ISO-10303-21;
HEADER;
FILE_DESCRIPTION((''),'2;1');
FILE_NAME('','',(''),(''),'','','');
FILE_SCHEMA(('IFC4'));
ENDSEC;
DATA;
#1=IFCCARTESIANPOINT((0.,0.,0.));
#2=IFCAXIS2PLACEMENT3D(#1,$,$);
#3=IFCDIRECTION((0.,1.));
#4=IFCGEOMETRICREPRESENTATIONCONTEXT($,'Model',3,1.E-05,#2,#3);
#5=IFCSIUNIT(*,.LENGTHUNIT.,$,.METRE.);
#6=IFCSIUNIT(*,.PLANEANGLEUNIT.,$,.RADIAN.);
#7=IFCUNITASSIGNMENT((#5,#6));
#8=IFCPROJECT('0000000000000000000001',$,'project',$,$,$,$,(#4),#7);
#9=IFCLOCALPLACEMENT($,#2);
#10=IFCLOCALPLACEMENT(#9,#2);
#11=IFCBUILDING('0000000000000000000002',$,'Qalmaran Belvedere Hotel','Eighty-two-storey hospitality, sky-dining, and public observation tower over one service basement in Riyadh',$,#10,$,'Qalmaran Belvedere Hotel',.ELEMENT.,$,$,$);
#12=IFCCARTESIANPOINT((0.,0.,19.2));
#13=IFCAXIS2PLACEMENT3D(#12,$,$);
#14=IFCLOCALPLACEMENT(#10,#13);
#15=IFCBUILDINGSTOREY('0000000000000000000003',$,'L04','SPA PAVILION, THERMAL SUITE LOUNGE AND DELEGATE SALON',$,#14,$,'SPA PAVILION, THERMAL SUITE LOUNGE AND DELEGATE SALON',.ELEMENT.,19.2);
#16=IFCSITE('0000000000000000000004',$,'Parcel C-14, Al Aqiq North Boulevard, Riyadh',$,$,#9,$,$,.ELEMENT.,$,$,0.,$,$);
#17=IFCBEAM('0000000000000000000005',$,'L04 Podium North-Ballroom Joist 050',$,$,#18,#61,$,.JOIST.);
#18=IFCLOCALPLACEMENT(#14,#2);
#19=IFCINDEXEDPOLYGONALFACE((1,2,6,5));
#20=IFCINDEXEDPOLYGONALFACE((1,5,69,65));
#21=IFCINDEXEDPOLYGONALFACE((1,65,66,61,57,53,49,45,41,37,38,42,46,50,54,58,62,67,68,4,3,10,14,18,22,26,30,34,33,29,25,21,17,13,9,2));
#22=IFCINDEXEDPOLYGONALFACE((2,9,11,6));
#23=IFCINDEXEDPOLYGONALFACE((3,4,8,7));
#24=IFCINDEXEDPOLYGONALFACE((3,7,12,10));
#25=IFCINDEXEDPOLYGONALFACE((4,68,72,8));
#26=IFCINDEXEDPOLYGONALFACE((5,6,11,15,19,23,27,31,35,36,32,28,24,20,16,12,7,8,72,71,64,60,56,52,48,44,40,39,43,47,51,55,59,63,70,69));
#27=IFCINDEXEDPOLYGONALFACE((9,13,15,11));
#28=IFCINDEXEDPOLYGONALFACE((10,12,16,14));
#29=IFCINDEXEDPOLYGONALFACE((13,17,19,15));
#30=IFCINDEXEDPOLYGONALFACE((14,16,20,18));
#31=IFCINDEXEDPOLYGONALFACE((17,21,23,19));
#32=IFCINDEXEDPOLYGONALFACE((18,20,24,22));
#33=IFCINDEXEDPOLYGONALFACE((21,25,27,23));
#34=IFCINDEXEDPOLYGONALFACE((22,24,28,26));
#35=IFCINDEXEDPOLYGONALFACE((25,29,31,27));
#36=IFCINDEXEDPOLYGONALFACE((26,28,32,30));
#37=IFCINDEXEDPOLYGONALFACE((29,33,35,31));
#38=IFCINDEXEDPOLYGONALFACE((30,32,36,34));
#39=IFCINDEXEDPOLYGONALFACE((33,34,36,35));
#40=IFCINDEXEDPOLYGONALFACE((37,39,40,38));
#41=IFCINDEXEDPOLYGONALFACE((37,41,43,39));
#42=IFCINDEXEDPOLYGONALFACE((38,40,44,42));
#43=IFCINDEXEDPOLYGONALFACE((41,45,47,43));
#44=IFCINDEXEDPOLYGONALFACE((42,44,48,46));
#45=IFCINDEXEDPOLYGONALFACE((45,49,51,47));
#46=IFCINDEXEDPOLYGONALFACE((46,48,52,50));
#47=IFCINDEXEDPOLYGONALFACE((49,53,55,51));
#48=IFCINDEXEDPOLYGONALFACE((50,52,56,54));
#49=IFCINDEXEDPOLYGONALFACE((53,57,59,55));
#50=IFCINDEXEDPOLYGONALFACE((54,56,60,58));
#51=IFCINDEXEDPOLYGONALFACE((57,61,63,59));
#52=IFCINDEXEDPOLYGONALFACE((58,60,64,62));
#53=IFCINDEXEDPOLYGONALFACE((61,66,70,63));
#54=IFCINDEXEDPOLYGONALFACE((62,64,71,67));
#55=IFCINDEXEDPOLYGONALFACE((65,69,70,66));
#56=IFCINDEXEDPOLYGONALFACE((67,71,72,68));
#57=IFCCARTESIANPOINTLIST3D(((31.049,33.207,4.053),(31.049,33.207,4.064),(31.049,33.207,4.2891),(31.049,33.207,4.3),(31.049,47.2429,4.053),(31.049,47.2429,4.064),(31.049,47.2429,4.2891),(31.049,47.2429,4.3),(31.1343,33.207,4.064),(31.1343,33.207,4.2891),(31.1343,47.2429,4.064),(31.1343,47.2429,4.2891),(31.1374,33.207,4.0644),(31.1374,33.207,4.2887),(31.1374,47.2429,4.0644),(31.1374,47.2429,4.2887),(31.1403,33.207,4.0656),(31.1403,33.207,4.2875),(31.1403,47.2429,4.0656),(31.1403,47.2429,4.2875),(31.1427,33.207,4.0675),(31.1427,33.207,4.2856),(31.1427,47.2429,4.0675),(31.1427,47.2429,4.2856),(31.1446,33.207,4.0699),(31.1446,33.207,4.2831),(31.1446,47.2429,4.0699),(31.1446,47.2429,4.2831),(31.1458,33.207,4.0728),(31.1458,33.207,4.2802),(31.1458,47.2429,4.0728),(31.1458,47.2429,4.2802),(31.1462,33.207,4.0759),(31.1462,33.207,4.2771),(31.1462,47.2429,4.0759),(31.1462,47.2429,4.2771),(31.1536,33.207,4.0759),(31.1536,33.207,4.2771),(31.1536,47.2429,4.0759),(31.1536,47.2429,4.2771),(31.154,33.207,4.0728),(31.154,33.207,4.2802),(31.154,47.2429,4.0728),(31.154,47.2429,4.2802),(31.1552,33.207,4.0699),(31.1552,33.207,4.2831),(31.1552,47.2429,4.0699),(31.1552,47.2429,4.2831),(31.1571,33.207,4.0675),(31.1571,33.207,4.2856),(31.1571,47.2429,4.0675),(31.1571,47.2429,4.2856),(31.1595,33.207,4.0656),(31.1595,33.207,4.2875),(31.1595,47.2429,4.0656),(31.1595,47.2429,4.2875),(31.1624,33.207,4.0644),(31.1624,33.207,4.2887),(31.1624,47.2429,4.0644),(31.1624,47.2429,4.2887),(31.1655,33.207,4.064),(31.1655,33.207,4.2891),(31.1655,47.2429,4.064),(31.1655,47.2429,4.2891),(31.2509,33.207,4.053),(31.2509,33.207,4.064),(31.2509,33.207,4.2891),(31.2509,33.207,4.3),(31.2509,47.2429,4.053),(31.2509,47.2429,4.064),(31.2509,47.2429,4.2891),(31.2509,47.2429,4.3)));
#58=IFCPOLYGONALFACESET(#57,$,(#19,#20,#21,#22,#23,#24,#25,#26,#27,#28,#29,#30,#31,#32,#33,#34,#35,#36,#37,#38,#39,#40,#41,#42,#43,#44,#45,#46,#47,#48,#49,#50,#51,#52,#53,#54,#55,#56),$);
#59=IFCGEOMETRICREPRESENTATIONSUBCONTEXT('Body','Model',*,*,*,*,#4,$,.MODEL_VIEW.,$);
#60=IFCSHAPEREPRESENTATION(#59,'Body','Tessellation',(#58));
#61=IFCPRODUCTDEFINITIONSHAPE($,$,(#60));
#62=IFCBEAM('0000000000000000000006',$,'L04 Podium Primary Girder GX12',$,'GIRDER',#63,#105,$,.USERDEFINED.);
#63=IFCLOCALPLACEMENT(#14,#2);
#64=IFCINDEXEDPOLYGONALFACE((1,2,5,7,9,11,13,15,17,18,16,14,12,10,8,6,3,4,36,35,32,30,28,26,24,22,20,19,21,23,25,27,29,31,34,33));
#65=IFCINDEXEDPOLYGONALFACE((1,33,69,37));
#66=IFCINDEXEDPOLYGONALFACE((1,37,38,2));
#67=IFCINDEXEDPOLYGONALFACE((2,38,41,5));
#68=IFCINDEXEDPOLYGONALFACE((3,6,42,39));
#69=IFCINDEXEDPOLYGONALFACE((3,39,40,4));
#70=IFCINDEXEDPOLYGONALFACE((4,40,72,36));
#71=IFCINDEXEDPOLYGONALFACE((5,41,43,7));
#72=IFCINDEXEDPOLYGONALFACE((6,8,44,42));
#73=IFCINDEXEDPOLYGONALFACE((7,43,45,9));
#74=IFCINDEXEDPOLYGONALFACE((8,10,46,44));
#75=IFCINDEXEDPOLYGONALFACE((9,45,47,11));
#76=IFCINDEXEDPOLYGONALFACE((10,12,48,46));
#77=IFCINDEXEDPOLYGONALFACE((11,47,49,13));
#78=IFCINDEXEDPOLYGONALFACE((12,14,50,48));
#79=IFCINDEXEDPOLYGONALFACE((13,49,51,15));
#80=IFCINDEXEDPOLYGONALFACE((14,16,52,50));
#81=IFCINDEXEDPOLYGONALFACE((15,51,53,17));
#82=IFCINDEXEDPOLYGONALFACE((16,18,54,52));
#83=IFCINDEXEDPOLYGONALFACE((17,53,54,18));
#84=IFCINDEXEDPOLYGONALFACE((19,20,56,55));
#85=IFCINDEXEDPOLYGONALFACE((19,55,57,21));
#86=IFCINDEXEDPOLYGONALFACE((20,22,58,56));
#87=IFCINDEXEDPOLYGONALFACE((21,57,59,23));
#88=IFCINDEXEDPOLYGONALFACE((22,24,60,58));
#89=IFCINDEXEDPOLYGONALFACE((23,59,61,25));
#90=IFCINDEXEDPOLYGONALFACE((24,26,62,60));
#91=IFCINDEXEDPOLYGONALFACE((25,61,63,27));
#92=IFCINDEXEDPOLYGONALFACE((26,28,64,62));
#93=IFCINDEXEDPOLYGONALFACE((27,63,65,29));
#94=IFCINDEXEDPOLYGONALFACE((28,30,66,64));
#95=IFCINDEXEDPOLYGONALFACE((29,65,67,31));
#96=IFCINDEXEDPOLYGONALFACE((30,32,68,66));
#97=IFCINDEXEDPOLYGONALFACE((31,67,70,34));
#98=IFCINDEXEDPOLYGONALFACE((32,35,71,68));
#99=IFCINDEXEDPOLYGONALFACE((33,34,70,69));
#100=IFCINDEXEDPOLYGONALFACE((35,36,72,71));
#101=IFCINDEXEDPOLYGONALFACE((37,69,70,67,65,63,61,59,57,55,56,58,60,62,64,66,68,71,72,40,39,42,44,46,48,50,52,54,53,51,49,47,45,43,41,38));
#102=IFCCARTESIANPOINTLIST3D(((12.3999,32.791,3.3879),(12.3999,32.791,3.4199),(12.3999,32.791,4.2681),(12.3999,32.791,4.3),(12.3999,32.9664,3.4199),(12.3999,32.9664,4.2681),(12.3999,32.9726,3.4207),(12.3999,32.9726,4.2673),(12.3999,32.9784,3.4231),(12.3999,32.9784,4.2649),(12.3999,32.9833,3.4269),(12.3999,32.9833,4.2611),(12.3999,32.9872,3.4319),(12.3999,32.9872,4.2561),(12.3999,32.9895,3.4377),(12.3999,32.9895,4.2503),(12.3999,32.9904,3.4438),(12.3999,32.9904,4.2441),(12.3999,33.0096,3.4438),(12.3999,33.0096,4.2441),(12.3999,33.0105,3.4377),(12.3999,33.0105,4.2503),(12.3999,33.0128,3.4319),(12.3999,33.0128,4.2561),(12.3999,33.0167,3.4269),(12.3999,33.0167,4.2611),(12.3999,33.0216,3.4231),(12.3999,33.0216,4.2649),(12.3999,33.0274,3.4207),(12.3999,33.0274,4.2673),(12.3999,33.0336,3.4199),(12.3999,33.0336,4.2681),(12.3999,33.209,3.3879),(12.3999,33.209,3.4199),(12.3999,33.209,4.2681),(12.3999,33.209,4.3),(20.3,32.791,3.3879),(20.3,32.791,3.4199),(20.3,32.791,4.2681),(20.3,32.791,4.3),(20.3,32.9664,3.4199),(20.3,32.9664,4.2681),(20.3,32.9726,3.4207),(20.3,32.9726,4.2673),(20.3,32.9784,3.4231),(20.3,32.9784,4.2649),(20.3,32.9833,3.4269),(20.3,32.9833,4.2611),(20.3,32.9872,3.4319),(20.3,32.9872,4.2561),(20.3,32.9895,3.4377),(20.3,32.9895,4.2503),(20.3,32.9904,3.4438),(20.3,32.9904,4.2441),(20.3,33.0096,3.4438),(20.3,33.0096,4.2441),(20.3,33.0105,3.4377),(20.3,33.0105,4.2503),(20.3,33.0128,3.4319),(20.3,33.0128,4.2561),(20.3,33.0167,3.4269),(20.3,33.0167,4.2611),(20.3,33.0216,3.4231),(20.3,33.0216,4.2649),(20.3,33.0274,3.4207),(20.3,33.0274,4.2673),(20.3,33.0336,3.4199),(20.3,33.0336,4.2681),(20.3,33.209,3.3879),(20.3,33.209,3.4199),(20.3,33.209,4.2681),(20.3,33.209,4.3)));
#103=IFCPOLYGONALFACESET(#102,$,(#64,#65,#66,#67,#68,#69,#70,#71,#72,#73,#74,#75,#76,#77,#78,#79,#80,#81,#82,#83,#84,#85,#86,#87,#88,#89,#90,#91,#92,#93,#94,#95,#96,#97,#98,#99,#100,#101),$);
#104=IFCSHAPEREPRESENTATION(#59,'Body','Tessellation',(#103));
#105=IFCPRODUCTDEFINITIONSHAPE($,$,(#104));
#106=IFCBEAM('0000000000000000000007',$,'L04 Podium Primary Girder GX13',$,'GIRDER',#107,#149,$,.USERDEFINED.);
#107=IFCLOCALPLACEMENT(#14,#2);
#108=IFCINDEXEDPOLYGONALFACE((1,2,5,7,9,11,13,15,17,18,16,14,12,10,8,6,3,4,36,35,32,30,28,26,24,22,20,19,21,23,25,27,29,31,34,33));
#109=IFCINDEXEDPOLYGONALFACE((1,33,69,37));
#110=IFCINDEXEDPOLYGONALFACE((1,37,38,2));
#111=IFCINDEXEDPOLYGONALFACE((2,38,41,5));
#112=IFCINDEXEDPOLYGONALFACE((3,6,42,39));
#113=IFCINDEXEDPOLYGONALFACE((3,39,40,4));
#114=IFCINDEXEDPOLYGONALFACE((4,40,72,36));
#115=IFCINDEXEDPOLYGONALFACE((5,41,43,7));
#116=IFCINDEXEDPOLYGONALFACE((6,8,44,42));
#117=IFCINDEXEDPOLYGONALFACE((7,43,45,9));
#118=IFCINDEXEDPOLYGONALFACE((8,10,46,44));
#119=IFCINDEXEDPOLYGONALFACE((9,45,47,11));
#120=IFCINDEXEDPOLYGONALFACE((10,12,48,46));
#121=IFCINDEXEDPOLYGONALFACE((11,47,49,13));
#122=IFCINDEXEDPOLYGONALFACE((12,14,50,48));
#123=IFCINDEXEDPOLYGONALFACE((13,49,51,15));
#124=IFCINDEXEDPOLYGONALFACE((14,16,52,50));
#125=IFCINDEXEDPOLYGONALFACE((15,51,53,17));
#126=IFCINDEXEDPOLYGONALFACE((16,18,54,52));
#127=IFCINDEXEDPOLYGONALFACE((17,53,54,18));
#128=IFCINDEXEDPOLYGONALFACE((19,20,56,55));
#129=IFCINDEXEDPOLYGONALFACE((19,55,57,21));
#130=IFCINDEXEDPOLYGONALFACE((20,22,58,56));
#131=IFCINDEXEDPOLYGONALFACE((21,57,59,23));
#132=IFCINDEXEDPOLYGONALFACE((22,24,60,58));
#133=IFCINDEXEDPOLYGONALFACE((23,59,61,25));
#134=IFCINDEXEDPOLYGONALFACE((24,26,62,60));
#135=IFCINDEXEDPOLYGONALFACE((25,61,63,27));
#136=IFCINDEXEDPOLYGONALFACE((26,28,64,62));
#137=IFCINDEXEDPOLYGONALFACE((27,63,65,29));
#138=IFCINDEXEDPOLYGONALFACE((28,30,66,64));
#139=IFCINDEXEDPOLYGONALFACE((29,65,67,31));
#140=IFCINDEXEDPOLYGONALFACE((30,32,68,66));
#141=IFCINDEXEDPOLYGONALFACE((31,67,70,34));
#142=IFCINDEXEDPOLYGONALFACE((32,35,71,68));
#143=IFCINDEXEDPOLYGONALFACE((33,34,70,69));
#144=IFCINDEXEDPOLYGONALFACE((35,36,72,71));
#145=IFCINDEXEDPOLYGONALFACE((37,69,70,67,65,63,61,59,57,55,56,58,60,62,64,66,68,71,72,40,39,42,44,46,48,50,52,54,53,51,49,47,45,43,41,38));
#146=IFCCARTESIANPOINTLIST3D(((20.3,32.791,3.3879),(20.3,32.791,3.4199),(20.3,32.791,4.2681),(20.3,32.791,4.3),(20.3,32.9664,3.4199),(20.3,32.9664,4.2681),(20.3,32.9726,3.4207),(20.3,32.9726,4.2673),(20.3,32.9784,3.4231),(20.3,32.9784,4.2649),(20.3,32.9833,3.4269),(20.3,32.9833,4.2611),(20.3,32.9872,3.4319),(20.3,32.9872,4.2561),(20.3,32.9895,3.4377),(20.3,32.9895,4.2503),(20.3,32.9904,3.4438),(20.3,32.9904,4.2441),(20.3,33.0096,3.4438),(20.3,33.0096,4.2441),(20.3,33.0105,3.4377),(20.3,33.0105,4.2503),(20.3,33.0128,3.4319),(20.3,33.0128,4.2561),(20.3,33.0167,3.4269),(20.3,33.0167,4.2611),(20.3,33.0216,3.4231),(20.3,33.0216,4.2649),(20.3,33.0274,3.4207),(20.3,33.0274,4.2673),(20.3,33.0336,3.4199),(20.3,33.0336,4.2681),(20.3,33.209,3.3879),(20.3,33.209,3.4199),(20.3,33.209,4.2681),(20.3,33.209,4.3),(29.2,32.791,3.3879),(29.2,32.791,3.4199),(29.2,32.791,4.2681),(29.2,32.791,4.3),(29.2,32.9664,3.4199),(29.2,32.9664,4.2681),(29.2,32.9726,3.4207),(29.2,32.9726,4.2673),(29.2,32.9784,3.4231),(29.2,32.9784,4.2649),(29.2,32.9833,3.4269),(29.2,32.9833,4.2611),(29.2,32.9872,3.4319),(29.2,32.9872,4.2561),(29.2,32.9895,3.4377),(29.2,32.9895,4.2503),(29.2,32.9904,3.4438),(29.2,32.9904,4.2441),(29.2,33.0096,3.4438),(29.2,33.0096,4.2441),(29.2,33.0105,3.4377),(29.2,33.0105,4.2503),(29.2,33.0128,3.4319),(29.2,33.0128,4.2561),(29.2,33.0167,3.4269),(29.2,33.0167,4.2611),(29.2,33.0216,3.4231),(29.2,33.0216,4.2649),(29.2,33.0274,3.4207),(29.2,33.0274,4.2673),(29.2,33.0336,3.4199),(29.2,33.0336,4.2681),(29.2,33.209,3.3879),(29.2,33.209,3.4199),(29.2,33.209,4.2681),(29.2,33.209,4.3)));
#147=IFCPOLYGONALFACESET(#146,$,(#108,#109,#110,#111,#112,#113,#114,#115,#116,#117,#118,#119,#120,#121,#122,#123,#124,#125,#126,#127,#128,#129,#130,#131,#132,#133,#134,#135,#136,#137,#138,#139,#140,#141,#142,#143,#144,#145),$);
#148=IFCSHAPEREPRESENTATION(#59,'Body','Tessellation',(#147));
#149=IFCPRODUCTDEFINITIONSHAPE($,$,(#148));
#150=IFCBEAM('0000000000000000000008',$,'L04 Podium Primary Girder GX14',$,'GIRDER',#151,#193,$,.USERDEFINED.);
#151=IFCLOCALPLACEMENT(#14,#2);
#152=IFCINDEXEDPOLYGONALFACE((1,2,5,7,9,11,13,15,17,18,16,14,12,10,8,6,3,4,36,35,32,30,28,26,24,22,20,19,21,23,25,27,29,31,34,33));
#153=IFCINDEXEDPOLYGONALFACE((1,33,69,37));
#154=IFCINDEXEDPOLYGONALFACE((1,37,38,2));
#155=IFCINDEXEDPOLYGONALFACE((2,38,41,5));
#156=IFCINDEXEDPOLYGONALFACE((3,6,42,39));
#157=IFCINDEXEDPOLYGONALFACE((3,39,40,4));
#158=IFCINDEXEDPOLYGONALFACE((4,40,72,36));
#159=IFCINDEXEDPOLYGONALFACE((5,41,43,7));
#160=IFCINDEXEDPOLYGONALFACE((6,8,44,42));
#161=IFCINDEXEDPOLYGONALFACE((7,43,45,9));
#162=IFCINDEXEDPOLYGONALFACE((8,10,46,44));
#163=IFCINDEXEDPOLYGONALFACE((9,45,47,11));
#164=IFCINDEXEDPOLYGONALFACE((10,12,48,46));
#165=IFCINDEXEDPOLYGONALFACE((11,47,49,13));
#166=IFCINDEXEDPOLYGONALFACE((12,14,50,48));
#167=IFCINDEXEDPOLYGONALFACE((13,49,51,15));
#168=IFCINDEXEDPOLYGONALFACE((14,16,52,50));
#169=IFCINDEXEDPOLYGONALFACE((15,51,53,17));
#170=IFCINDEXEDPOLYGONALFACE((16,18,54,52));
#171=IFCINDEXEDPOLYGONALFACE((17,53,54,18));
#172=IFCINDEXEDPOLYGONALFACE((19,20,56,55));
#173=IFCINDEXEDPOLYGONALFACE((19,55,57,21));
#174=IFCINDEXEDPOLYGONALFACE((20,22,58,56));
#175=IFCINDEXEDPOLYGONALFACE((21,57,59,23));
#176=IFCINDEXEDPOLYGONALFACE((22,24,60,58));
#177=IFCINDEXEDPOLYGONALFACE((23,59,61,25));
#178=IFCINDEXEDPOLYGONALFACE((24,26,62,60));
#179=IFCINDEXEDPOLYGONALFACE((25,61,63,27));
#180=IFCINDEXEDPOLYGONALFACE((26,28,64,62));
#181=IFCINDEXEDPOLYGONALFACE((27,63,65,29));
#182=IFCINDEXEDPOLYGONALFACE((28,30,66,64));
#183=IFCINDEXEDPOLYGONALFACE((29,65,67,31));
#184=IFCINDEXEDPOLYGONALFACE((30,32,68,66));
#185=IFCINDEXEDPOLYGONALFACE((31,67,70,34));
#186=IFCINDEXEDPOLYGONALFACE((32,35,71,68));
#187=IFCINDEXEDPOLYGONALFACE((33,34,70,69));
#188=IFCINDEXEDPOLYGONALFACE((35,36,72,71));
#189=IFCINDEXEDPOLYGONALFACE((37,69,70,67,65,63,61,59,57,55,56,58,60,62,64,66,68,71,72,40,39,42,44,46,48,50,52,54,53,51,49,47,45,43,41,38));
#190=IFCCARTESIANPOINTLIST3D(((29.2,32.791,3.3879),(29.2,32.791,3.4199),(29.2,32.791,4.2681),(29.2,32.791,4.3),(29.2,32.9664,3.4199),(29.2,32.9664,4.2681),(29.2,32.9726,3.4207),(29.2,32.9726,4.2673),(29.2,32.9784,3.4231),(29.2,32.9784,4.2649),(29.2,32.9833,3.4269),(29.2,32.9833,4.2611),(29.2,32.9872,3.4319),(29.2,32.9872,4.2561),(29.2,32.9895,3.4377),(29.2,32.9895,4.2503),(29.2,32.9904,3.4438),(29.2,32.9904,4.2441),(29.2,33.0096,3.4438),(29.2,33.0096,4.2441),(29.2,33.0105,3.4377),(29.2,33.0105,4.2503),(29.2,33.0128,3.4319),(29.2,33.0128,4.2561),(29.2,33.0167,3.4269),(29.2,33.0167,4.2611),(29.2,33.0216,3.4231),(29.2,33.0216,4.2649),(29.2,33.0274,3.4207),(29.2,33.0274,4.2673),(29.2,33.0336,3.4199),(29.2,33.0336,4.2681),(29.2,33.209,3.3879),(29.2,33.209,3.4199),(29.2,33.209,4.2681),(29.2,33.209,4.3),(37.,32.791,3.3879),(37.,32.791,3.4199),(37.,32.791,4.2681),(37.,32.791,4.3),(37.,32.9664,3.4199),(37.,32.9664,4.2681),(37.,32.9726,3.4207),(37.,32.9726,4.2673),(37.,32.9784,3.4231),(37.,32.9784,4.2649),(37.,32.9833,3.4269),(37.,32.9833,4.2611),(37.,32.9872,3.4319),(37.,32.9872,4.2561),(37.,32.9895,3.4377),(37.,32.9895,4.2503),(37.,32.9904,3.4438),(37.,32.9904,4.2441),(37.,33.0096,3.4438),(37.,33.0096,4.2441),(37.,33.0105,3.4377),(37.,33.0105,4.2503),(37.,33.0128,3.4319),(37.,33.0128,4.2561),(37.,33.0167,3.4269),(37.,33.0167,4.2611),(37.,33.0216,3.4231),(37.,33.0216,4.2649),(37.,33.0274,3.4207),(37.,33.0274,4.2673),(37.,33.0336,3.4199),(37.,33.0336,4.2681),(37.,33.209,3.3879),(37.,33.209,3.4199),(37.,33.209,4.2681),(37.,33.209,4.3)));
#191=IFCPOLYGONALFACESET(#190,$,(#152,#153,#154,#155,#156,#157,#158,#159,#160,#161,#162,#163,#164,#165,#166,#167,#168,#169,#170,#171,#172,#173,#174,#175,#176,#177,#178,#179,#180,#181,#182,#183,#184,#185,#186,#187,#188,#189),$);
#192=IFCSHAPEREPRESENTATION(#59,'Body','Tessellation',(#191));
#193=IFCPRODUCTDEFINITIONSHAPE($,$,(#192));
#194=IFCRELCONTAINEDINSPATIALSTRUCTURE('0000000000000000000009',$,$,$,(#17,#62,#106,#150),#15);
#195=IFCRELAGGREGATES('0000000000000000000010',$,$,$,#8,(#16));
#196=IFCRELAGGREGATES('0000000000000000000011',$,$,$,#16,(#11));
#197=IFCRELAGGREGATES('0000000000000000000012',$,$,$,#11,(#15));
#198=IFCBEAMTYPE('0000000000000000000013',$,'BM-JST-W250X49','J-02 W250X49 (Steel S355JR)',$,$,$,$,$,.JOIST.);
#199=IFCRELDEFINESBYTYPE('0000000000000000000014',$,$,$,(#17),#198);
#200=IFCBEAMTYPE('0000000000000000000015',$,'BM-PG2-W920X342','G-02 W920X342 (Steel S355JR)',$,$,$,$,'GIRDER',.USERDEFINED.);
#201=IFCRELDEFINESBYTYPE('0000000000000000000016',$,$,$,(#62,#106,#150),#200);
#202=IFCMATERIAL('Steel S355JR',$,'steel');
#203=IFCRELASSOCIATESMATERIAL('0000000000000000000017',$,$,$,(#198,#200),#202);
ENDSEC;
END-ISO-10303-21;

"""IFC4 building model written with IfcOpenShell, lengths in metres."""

from ifc_helpers import new_model, si_unit, direction, frame, origin, origin_2d, place, context, subcontext, project, spatial, i_section, extrude, material, material_profile, profile_set, type_object, element, save


model = new_model("IFC4")

# Units and contexts
model_context = context("Model", 3, precision=1e-05, world=origin(), true_north=direction((0.0, 1.0)))
body_context = subcontext(model_context, "Body", "Model", "MODEL_VIEW")
ifc_project = project(units=[si_unit("LENGTHUNIT", "METRE"), si_unit("PLANEANGLEUNIT", "RADIAN")], contexts=[model_context])

# Site, building, storey
site_placement = place(None, origin())
site = spatial("IfcSite", under=ifc_project, at=site_placement, Name="Parcel C-14, Al Aqiq North Boulevard, Riyadh", CompositionType="ELEMENT", RefElevation=0.0)
building_placement = place(site_placement, origin())
building = spatial("IfcBuilding", under=site, at=building_placement, Name="Qalmaran Belvedere Hotel", Description="Eighty-two-storey hospitality, sky-dining, and public observation tower over one service basement in Riyadh", LongName="Qalmaran Belvedere Hotel", CompositionType="ELEMENT")
storey_placement = place(building_placement, frame((0.0, 0.0, 19.2)))
storey = spatial("IfcBuildingStorey", under=building, at=storey_placement, Name="L04", Description="SPA PAVILION, THERMAL SUITE LOUNGE AND DELEGATE SALON", LongName="SPA PAVILION, THERMAL SUITE LOUNGE AND DELEGATE SALON", CompositionType="ELEMENT", Elevation=19.2)

# Beams
ifc_material_1 = material(Name="Steel S355JR", Category="steel")
ifc_material_profile_1 = material_profile(ifc_material_1, i_section(OverallWidth=0.2019, OverallDepth=0.2471, WebThickness=0.0073, FlangeThickness=0.011, FilletRadius=0.012, at=origin_2d()), Name="W250X49")
ifc_profile_set_1 = profile_set([ifc_material_profile_1], Name="Steel S355JR")
beam_type_1 = type_object("IfcBeamType", Name="BM-JST-W250X49", Description="J-02 W250X49 (Steel S355JR)", PredefinedType="JOIST", material=ifc_profile_set_1)
for number, where, z_axis, x_axis, name in (
    (1, (31.1499, 33.207, 4.1765), (0.0, 1.0, 0.0), (-1.0, 0.0, 0.0), "L04 Podium North-Ballroom Joist 050"),
):
    element("IfcBeam", number, at=place(storey_placement, frame(where, z_axis=z_axis, x_axis=x_axis)), inside=storey, type_object=beam_type_1, Name=name, PredefinedType="JOIST", context=body_context, shape_type="SweptSolid", body=[
        extrude(i_section(OverallWidth=0.2019, OverallDepth=0.2471, WebThickness=0.0073, FlangeThickness=0.011, FilletRadius=0.012, at=origin_2d()), origin(), (0.0, 0.0, 1.0), 14.0359),
    ])
ifc_material_profile_2 = material_profile(ifc_material_1, i_section(OverallWidth=0.418, OverallDepth=0.9121, WebThickness=0.0193, FlangeThickness=0.032, FilletRadius=0.0239, at=origin_2d()), Name="W920X342")
ifc_profile_set_2 = profile_set([ifc_material_profile_2], Name="Steel S355JR")
beam_type_2 = type_object("IfcBeamType", Name="BM-PG2-W920X342", Description="G-02 W920X342 (Steel S355JR)", ElementType="GIRDER", PredefinedType="USERDEFINED", material=ifc_profile_set_2)
beam_1_placement = place(storey_placement, frame((12.3999, 33.0, 3.844), z_axis=(1.0, 0.0, 0.0), x_axis=(0.0, 1.0, 0.0)))
element("IfcBeam", 2, at=beam_1_placement, inside=storey, type_object=beam_type_2, Name="L04 Podium Primary Girder GX12", ObjectType="GIRDER", PredefinedType="USERDEFINED", context=body_context, shape_type="SweptSolid", body=[
    extrude(i_section(OverallWidth=0.418, OverallDepth=0.9121, WebThickness=0.0193, FlangeThickness=0.032, FilletRadius=0.0239, at=origin_2d()), origin(), (0.0, 0.0, 1.0), 7.9001),
])
beam_2_placement = place(storey_placement, frame((20.3, 33.0, 3.844), z_axis=(1.0, 0.0, 0.0), x_axis=(0.0, 1.0, 0.0)))
element("IfcBeam", 3, at=beam_2_placement, inside=storey, type_object=beam_type_2, Name="L04 Podium Primary Girder GX13", ObjectType="GIRDER", PredefinedType="USERDEFINED", context=body_context, shape_type="SweptSolid", body=[
    extrude(i_section(OverallWidth=0.418, OverallDepth=0.9121, WebThickness=0.0193, FlangeThickness=0.032, FilletRadius=0.0239, at=origin_2d()), origin(), (0.0, 0.0, 1.0), 8.8999),
])
beam_3_placement = place(storey_placement, frame((29.2, 33.0, 3.844), z_axis=(1.0, 0.0, 0.0), x_axis=(0.0, 1.0, 0.0)))
element("IfcBeam", 4, at=beam_3_placement, inside=storey, type_object=beam_type_2, Name="L04 Podium Primary Girder GX14", ObjectType="GIRDER", PredefinedType="USERDEFINED", context=body_context, shape_type="SweptSolid", body=[
    extrude(i_section(OverallWidth=0.418, OverallDepth=0.9121, WebThickness=0.0193, FlangeThickness=0.032, FilletRadius=0.0239, at=origin_2d()), origin(), (0.0, 0.0, 1.0), 7.8),
])

save(model, "model.ifc")
